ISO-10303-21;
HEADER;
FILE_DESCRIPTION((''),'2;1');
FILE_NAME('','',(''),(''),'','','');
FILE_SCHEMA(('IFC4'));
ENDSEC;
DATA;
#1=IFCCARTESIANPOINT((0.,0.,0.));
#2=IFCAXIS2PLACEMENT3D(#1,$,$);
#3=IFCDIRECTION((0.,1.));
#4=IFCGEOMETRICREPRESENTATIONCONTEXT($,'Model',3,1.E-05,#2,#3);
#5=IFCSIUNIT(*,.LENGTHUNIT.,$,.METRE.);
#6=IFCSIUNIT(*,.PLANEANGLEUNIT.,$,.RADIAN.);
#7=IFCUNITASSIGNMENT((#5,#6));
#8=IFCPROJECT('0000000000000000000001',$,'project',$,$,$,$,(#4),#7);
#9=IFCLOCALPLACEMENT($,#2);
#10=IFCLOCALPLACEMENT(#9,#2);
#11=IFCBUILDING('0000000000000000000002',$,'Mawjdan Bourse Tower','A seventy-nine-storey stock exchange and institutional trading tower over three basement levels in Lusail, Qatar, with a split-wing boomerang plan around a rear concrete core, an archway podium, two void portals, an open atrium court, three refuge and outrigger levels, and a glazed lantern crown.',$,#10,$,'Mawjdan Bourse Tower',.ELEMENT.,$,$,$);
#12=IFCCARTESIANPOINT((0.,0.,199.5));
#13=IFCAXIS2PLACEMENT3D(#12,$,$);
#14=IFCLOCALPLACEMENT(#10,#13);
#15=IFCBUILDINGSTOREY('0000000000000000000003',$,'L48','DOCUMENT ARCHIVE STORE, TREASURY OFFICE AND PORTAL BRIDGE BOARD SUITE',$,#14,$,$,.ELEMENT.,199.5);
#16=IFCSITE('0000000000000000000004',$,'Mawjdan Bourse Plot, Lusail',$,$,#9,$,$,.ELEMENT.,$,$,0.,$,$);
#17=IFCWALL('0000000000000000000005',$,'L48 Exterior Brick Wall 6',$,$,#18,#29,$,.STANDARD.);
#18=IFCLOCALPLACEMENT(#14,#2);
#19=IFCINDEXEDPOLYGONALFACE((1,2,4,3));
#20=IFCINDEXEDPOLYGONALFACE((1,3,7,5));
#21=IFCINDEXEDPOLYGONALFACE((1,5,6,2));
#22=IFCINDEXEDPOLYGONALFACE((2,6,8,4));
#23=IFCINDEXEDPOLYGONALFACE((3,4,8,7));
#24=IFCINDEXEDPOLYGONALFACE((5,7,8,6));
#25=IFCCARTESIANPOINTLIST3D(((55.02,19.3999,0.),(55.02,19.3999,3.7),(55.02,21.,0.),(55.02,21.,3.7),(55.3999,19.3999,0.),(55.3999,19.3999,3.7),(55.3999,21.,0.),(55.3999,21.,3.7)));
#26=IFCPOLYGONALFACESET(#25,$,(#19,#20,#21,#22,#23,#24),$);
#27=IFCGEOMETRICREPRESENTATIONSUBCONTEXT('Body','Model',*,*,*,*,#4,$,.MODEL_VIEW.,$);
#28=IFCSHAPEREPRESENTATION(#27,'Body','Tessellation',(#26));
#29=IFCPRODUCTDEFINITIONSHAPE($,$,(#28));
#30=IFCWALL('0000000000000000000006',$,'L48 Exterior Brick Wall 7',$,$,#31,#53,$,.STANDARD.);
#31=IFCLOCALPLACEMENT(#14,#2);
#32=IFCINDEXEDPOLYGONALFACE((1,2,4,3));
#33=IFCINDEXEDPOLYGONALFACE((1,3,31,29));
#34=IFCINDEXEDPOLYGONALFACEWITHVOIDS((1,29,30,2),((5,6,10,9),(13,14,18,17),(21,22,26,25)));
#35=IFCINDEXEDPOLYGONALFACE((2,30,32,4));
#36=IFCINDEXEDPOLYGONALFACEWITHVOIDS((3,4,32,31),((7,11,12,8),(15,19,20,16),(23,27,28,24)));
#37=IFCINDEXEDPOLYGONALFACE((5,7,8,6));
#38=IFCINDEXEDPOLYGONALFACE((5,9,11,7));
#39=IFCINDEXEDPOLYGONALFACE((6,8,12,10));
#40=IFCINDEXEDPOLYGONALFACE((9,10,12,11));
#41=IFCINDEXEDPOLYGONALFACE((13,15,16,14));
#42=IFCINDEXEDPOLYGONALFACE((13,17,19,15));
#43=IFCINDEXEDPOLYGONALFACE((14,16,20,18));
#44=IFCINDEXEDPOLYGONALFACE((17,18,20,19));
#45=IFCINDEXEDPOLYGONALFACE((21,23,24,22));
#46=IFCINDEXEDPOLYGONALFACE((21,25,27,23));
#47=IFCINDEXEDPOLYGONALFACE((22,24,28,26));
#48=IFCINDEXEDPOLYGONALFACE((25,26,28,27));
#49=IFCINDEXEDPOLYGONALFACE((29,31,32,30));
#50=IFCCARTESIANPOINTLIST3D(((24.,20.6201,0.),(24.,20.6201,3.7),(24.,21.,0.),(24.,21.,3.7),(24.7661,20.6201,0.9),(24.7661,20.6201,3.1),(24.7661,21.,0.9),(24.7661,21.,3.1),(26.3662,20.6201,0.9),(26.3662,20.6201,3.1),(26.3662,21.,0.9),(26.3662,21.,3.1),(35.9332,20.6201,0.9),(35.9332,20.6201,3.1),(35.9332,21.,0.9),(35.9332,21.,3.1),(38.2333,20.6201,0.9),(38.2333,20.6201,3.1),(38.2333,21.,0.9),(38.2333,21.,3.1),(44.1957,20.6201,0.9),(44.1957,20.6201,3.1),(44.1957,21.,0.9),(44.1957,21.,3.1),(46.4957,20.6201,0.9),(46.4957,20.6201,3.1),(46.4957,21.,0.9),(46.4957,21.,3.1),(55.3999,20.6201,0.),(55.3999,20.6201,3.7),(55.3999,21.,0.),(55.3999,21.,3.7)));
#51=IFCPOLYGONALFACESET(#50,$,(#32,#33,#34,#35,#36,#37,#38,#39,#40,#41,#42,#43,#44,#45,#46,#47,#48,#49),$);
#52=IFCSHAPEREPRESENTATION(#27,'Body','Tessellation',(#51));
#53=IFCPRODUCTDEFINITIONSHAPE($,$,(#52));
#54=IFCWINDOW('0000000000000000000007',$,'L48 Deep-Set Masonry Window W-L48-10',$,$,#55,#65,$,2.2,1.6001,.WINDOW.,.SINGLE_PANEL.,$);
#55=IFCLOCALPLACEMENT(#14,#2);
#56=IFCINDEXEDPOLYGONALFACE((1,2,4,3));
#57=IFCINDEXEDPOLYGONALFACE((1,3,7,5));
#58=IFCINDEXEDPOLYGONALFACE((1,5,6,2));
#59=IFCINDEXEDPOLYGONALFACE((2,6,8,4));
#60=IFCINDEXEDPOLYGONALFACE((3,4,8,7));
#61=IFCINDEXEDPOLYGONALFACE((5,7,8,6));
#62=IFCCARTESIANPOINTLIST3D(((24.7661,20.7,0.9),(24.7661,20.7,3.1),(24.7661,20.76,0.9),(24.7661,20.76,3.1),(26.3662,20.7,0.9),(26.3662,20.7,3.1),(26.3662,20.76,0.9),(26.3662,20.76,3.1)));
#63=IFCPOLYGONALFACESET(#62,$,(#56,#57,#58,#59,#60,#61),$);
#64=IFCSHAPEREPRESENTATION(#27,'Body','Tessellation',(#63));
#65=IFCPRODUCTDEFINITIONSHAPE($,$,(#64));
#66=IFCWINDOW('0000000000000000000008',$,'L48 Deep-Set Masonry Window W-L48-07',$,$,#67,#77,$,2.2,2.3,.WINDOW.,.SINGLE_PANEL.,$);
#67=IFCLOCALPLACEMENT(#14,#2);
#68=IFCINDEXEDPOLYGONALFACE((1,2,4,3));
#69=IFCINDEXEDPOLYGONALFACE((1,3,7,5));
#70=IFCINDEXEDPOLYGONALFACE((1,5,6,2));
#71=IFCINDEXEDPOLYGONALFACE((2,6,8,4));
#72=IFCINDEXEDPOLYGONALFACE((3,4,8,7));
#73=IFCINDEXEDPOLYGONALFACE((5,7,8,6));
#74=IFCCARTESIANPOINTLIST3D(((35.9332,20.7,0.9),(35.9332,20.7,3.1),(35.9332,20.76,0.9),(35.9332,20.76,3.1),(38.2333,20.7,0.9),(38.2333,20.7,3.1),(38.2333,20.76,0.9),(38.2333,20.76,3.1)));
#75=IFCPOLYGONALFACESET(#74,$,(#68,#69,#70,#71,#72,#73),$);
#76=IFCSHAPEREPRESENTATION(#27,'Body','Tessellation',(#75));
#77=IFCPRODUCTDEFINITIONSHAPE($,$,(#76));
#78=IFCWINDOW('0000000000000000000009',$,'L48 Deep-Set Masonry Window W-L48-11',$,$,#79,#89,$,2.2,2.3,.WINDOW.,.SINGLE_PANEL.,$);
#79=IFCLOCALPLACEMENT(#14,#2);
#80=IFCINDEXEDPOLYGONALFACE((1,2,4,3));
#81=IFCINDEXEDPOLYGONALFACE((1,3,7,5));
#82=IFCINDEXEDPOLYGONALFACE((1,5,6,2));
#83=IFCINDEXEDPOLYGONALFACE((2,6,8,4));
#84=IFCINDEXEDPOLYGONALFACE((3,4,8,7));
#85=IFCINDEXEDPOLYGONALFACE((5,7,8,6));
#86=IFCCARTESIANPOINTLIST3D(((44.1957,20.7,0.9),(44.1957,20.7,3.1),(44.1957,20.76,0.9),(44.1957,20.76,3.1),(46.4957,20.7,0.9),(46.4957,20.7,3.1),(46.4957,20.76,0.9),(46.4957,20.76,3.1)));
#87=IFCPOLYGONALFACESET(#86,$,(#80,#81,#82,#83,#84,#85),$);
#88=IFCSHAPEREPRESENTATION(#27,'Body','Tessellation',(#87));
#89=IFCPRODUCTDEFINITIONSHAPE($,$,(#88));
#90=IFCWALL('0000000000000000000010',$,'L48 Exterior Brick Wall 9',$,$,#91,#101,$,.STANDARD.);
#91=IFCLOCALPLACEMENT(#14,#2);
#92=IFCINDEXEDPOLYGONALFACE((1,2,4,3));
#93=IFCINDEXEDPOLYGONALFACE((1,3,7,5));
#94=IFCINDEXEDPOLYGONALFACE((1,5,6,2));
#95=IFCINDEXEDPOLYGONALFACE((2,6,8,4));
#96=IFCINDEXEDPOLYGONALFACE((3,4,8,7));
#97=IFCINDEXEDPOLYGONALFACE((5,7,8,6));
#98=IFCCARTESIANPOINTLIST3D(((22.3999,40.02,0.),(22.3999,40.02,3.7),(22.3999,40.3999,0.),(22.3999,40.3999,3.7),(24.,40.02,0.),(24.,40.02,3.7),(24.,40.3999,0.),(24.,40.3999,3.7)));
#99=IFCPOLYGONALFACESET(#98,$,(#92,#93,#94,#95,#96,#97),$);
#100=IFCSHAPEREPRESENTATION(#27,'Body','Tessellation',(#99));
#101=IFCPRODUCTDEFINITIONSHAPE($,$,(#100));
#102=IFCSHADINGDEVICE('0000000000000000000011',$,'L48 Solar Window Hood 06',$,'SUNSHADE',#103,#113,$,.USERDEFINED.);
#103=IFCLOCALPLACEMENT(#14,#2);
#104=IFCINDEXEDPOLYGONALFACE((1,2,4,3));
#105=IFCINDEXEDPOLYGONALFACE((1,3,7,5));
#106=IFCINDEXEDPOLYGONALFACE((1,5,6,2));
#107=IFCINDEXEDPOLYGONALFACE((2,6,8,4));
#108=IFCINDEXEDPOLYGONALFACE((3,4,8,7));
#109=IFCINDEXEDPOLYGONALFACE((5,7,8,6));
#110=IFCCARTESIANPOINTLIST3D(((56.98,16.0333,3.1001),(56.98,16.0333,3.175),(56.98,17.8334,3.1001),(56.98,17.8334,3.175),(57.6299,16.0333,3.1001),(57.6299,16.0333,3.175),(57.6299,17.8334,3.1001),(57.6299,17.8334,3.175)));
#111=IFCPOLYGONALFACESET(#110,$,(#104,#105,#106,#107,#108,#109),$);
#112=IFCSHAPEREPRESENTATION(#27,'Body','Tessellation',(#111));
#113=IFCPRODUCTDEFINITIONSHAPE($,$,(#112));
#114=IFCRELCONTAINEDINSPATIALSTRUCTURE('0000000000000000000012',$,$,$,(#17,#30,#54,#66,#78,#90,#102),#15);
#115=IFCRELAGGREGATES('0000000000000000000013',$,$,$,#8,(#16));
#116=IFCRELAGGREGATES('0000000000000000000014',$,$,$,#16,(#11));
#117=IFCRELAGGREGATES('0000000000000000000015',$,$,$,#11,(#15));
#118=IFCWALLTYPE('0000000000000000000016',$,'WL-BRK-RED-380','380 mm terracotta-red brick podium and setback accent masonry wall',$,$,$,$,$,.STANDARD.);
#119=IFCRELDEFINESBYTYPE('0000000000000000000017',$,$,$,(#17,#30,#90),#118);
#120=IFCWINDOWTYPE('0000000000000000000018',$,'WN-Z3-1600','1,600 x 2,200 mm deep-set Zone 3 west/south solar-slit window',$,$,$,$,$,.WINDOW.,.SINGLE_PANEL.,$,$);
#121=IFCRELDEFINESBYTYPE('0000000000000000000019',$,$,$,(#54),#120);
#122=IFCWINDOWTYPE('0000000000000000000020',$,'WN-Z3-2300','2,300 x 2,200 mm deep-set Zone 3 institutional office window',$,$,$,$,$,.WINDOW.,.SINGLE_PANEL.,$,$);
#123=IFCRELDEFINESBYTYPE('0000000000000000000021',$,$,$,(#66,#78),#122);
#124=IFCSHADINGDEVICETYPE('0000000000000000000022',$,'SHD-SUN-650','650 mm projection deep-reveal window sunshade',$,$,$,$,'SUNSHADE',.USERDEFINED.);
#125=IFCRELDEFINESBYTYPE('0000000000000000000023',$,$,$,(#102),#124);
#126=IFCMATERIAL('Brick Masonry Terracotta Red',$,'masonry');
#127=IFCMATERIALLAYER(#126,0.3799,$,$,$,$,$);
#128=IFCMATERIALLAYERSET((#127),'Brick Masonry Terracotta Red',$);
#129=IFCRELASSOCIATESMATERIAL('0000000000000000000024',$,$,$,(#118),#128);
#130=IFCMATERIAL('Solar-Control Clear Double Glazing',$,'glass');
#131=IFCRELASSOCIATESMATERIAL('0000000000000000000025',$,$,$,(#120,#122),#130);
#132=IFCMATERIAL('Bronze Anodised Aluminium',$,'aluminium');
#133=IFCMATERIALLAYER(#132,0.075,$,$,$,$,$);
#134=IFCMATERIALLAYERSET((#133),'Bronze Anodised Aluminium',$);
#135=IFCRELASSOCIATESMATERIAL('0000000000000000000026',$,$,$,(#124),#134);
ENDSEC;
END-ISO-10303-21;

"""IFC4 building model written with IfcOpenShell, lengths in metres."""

from ifc_helpers import new_model, si_unit, direction, frame, frame_2d, origin, origin_2d, place, context, subcontext, project, spatial, rectangle, extrude, material, layer, layer_set, type_object, element, fill, save


model = new_model("IFC4")

# Units and contexts
model_context = context("Model", 3, precision=1e-05, world=origin(), true_north=direction((0.0, 1.0)))
body_context = subcontext(model_context, "Body", "Model", "MODEL_VIEW")
ifc_project = project(units=[si_unit("LENGTHUNIT", "METRE"), si_unit("PLANEANGLEUNIT", "RADIAN")], contexts=[model_context])

# Site, building, storey
site_placement = place(None, origin())
site = spatial("IfcSite", under=ifc_project, at=site_placement, Name="Mawjdan Bourse Plot, Lusail", CompositionType="ELEMENT", RefElevation=0.0)
building_placement = place(site_placement, origin())
building = spatial("IfcBuilding", under=site, at=building_placement, Name="Mawjdan Bourse Tower", Description="A seventy-nine-storey stock exchange and institutional trading tower over three basement levels in Lusail, Qatar, with a split-wing boomerang plan around a rear concrete core, an archway podium, two void portals, an open atrium court, three refuge and outrigger levels, and a glazed lantern crown.", LongName="Mawjdan Bourse Tower", CompositionType="ELEMENT")
storey_placement = place(building_placement, frame((0.0, 0.0, 199.5)))
storey = spatial("IfcBuildingStorey", under=building, at=storey_placement, Name="L48", Description="DOCUMENT ARCHIVE STORE, TREASURY OFFICE AND PORTAL BRIDGE BOARD SUITE", CompositionType="ELEMENT", Elevation=199.5)

# Wall
ifc_material_1 = material(Name="Brick Masonry Terracotta Red", Category="masonry")
ifc_layer_1 = layer(ifc_material_1, 0.3799)
ifc_layer_set_1 = layer_set([ifc_layer_1], Name="Brick Masonry Terracotta Red")
wall_type = type_object("IfcWallType", Name="WL-BRK-RED-380", Description="380 mm terracotta-red brick podium and setback accent masonry wall", PredefinedType="STANDARD", material=ifc_layer_set_1)
for number, where, z_axis, x_axis, name in (
    (1, (55.21, 19.3999, 0.0), (0.0, 0.0, 1.0), (0.0, 1.0, 0.0), "L48 Exterior Brick Wall 6"),
):
    element("IfcWall", number, at=place(storey_placement, frame(where, z_axis=z_axis, x_axis=x_axis)), inside=storey, type_object=wall_type, Name=name, PredefinedType="STANDARD", context=body_context, shape_type="SweptSolid", body=[
        extrude(rectangle(XDim=1.6001, YDim=0.3799, at=frame_2d((0.8, 0.0))), origin(), (0.0, 0.0, 1.0), 3.7),
    ])

# Wall, openings, windows
wall_1_placement = place(storey_placement, frame((55.3999, 20.8101, 0.0), z_axis=(0.0, 0.0, 1.0), x_axis=(-1.0, 0.0, 0.0)))
wall_1 = element("IfcWall", 2, at=wall_1_placement, inside=storey, type_object=wall_type, Name="L48 Exterior Brick Wall 7", PredefinedType="STANDARD", context=body_context, shape_type="SweptSolid", body=[
    extrude(rectangle(XDim=31.3999, YDim=0.3799, at=frame_2d((15.7, 0.0))), origin(), (0.0, 0.0, 1.0), 3.7),
])
opening_1_placement = place(wall_1_placement, frame((17.1667, 0.0, 0.8999)))
opening_1 = element("IfcOpeningElement", 3, at=opening_1_placement, cuts=wall_1, PredefinedType="OPENING", context=body_context, shape_type="SweptSolid", body=[
    extrude(rectangle(XDim=2.3, YDim=2.2, at=frame_2d((1.1499, 1.1001))), frame((0.0, 0.2, 0.0), z_axis=(0.0, -1.0, 0.0), x_axis=(1.0, 0.0, 0.0)), (0.0, 0.0, 1.0), 0.3999),
])
opening_2_placement = place(wall_1_placement, frame((29.0337, 0.0, 0.8999)))
opening_2 = element("IfcOpeningElement", 4, at=opening_2_placement, cuts=wall_1, PredefinedType="OPENING", context=body_context, shape_type="SweptSolid", body=[
    extrude(rectangle(XDim=1.6001, YDim=2.2, at=frame_2d((0.8, 1.1001))), frame((0.0, 0.2, 0.0), z_axis=(0.0, -1.0, 0.0), x_axis=(1.0, 0.0, 0.0)), (0.0, 0.0, 1.0), 0.3999),
])
opening_3_placement = place(wall_1_placement, frame((8.9043, 0.0, 0.8999)))
opening_3 = element("IfcOpeningElement", 5, at=opening_3_placement, cuts=wall_1, PredefinedType="OPENING", context=body_context, shape_type="SweptSolid", body=[
    extrude(rectangle(XDim=2.3, YDim=2.2, at=frame_2d((1.1499, 1.1001))), frame((0.0, 0.2, 0.0), z_axis=(0.0, -1.0, 0.0), x_axis=(1.0, 0.0, 0.0)), (0.0, 0.0, 1.0), 0.3999),
])
ifc_material_2 = material(Name="Solar-Control Clear Double Glazing", Category="glass")
window_type_1 = type_object("IfcWindowType", Name="WN-Z3-1600", Description="1,600 x 2,200 mm deep-set Zone 3 west/south solar-slit window", PartitioningType="SINGLE_PANEL", PredefinedType="WINDOW", material=ifc_material_2)
window_1_placement = place(opening_2_placement, origin())
window_1 = element("IfcWindow", 6, at=window_1_placement, inside=storey, type_object=window_type_1, Name="L48 Deep-Set Masonry Window W-L48-10", OverallHeight=2.2, OverallWidth=1.6001, PartitioningType="SINGLE_PANEL", PredefinedType="WINDOW", context=body_context, shape_type="SweptSolid", body=[
    extrude(rectangle(XDim=1.6001, YDim=2.2, at=frame_2d((0.8, 1.1001))), frame((0.0, 0.1101, 0.0), z_axis=(0.0, -1.0, 0.0), x_axis=(1.0, 0.0, 0.0)), (0.0, 0.0, 1.0), 0.0601),
])
fill(opening_2, window_1)
window_type_2 = type_object("IfcWindowType", Name="WN-Z3-2300", Description="2,300 x 2,200 mm deep-set Zone 3 institutional office window", PartitioningType="SINGLE_PANEL", PredefinedType="WINDOW", material=ifc_material_2)
window_2_placement = place(opening_1_placement, origin())
window_2 = element("IfcWindow", 7, at=window_2_placement, inside=storey, type_object=window_type_2, Name="L48 Deep-Set Masonry Window W-L48-07", OverallHeight=2.2, OverallWidth=2.3, PartitioningType="SINGLE_PANEL", PredefinedType="WINDOW", context=body_context, shape_type="SweptSolid", body=[
    extrude(rectangle(XDim=2.3, YDim=2.2, at=frame_2d((1.1499, 1.1001))), frame((0.0, 0.1101, 0.0), z_axis=(0.0, -1.0, 0.0), x_axis=(1.0, 0.0, 0.0)), (0.0, 0.0, 1.0), 0.0601),
])
fill(opening_1, window_2)
window_3_placement = place(opening_3_placement, origin())
window_3 = element("IfcWindow", 8, at=window_3_placement, inside=storey, type_object=window_type_2, Name="L48 Deep-Set Masonry Window W-L48-11", OverallHeight=2.2, OverallWidth=2.3, PartitioningType="SINGLE_PANEL", PredefinedType="WINDOW", context=body_context, shape_type="SweptSolid", body=[
    extrude(rectangle(XDim=2.3, YDim=2.2, at=frame_2d((1.1499, 1.1001))), frame((0.0, 0.1101, 0.0), z_axis=(0.0, -1.0, 0.0), x_axis=(1.0, 0.0, 0.0)), (0.0, 0.0, 1.0), 0.0601),
])
fill(opening_3, window_3)

# Wall
wall_2_placement = place(storey_placement, frame((24.0, 40.21, 0.0), z_axis=(0.0, 0.0, 1.0), x_axis=(-1.0, 0.0, 0.0)))
element("IfcWall", 9, at=wall_2_placement, inside=storey, type_object=wall_type, Name="L48 Exterior Brick Wall 9", PredefinedType="STANDARD", context=body_context, shape_type="SweptSolid", body=[
    extrude(rectangle(XDim=1.6001, YDim=0.3799, at=frame_2d((0.8, 0.0))), origin(), (0.0, 0.0, 1.0), 3.7),
])

# Shading device
ifc_material_3 = material(Name="Bronze Anodised Aluminium", Category="aluminium")
ifc_layer_2 = layer(ifc_material_3, 0.075)
ifc_layer_set_2 = layer_set([ifc_layer_2], Name="Bronze Anodised Aluminium")
shading_device_type = type_object("IfcShadingDeviceType", Name="SHD-SUN-650", Description="650 mm projection deep-reveal window sunshade", ElementType="SUNSHADE", PredefinedType="USERDEFINED", material=ifc_layer_set_2)
shading_device_placement = place(storey_placement, frame((57.3049, 16.9333, 3.1001), z_axis=(0.0, 0.0, 1.0), x_axis=(0.0, 1.0, 0.0)))
element("IfcShadingDevice", 10, at=shading_device_placement, inside=storey, type_object=shading_device_type, Name="L48 Solar Window Hood 06", ObjectType="SUNSHADE", PredefinedType="USERDEFINED", context=body_context, shape_type="SweptSolid", body=[
    extrude(rectangle(XDim=1.8, YDim=0.6499, at=origin_2d()), origin(), (0.0, 0.0, 1.0), 0.075),
])

save(model, "model.ifc")
